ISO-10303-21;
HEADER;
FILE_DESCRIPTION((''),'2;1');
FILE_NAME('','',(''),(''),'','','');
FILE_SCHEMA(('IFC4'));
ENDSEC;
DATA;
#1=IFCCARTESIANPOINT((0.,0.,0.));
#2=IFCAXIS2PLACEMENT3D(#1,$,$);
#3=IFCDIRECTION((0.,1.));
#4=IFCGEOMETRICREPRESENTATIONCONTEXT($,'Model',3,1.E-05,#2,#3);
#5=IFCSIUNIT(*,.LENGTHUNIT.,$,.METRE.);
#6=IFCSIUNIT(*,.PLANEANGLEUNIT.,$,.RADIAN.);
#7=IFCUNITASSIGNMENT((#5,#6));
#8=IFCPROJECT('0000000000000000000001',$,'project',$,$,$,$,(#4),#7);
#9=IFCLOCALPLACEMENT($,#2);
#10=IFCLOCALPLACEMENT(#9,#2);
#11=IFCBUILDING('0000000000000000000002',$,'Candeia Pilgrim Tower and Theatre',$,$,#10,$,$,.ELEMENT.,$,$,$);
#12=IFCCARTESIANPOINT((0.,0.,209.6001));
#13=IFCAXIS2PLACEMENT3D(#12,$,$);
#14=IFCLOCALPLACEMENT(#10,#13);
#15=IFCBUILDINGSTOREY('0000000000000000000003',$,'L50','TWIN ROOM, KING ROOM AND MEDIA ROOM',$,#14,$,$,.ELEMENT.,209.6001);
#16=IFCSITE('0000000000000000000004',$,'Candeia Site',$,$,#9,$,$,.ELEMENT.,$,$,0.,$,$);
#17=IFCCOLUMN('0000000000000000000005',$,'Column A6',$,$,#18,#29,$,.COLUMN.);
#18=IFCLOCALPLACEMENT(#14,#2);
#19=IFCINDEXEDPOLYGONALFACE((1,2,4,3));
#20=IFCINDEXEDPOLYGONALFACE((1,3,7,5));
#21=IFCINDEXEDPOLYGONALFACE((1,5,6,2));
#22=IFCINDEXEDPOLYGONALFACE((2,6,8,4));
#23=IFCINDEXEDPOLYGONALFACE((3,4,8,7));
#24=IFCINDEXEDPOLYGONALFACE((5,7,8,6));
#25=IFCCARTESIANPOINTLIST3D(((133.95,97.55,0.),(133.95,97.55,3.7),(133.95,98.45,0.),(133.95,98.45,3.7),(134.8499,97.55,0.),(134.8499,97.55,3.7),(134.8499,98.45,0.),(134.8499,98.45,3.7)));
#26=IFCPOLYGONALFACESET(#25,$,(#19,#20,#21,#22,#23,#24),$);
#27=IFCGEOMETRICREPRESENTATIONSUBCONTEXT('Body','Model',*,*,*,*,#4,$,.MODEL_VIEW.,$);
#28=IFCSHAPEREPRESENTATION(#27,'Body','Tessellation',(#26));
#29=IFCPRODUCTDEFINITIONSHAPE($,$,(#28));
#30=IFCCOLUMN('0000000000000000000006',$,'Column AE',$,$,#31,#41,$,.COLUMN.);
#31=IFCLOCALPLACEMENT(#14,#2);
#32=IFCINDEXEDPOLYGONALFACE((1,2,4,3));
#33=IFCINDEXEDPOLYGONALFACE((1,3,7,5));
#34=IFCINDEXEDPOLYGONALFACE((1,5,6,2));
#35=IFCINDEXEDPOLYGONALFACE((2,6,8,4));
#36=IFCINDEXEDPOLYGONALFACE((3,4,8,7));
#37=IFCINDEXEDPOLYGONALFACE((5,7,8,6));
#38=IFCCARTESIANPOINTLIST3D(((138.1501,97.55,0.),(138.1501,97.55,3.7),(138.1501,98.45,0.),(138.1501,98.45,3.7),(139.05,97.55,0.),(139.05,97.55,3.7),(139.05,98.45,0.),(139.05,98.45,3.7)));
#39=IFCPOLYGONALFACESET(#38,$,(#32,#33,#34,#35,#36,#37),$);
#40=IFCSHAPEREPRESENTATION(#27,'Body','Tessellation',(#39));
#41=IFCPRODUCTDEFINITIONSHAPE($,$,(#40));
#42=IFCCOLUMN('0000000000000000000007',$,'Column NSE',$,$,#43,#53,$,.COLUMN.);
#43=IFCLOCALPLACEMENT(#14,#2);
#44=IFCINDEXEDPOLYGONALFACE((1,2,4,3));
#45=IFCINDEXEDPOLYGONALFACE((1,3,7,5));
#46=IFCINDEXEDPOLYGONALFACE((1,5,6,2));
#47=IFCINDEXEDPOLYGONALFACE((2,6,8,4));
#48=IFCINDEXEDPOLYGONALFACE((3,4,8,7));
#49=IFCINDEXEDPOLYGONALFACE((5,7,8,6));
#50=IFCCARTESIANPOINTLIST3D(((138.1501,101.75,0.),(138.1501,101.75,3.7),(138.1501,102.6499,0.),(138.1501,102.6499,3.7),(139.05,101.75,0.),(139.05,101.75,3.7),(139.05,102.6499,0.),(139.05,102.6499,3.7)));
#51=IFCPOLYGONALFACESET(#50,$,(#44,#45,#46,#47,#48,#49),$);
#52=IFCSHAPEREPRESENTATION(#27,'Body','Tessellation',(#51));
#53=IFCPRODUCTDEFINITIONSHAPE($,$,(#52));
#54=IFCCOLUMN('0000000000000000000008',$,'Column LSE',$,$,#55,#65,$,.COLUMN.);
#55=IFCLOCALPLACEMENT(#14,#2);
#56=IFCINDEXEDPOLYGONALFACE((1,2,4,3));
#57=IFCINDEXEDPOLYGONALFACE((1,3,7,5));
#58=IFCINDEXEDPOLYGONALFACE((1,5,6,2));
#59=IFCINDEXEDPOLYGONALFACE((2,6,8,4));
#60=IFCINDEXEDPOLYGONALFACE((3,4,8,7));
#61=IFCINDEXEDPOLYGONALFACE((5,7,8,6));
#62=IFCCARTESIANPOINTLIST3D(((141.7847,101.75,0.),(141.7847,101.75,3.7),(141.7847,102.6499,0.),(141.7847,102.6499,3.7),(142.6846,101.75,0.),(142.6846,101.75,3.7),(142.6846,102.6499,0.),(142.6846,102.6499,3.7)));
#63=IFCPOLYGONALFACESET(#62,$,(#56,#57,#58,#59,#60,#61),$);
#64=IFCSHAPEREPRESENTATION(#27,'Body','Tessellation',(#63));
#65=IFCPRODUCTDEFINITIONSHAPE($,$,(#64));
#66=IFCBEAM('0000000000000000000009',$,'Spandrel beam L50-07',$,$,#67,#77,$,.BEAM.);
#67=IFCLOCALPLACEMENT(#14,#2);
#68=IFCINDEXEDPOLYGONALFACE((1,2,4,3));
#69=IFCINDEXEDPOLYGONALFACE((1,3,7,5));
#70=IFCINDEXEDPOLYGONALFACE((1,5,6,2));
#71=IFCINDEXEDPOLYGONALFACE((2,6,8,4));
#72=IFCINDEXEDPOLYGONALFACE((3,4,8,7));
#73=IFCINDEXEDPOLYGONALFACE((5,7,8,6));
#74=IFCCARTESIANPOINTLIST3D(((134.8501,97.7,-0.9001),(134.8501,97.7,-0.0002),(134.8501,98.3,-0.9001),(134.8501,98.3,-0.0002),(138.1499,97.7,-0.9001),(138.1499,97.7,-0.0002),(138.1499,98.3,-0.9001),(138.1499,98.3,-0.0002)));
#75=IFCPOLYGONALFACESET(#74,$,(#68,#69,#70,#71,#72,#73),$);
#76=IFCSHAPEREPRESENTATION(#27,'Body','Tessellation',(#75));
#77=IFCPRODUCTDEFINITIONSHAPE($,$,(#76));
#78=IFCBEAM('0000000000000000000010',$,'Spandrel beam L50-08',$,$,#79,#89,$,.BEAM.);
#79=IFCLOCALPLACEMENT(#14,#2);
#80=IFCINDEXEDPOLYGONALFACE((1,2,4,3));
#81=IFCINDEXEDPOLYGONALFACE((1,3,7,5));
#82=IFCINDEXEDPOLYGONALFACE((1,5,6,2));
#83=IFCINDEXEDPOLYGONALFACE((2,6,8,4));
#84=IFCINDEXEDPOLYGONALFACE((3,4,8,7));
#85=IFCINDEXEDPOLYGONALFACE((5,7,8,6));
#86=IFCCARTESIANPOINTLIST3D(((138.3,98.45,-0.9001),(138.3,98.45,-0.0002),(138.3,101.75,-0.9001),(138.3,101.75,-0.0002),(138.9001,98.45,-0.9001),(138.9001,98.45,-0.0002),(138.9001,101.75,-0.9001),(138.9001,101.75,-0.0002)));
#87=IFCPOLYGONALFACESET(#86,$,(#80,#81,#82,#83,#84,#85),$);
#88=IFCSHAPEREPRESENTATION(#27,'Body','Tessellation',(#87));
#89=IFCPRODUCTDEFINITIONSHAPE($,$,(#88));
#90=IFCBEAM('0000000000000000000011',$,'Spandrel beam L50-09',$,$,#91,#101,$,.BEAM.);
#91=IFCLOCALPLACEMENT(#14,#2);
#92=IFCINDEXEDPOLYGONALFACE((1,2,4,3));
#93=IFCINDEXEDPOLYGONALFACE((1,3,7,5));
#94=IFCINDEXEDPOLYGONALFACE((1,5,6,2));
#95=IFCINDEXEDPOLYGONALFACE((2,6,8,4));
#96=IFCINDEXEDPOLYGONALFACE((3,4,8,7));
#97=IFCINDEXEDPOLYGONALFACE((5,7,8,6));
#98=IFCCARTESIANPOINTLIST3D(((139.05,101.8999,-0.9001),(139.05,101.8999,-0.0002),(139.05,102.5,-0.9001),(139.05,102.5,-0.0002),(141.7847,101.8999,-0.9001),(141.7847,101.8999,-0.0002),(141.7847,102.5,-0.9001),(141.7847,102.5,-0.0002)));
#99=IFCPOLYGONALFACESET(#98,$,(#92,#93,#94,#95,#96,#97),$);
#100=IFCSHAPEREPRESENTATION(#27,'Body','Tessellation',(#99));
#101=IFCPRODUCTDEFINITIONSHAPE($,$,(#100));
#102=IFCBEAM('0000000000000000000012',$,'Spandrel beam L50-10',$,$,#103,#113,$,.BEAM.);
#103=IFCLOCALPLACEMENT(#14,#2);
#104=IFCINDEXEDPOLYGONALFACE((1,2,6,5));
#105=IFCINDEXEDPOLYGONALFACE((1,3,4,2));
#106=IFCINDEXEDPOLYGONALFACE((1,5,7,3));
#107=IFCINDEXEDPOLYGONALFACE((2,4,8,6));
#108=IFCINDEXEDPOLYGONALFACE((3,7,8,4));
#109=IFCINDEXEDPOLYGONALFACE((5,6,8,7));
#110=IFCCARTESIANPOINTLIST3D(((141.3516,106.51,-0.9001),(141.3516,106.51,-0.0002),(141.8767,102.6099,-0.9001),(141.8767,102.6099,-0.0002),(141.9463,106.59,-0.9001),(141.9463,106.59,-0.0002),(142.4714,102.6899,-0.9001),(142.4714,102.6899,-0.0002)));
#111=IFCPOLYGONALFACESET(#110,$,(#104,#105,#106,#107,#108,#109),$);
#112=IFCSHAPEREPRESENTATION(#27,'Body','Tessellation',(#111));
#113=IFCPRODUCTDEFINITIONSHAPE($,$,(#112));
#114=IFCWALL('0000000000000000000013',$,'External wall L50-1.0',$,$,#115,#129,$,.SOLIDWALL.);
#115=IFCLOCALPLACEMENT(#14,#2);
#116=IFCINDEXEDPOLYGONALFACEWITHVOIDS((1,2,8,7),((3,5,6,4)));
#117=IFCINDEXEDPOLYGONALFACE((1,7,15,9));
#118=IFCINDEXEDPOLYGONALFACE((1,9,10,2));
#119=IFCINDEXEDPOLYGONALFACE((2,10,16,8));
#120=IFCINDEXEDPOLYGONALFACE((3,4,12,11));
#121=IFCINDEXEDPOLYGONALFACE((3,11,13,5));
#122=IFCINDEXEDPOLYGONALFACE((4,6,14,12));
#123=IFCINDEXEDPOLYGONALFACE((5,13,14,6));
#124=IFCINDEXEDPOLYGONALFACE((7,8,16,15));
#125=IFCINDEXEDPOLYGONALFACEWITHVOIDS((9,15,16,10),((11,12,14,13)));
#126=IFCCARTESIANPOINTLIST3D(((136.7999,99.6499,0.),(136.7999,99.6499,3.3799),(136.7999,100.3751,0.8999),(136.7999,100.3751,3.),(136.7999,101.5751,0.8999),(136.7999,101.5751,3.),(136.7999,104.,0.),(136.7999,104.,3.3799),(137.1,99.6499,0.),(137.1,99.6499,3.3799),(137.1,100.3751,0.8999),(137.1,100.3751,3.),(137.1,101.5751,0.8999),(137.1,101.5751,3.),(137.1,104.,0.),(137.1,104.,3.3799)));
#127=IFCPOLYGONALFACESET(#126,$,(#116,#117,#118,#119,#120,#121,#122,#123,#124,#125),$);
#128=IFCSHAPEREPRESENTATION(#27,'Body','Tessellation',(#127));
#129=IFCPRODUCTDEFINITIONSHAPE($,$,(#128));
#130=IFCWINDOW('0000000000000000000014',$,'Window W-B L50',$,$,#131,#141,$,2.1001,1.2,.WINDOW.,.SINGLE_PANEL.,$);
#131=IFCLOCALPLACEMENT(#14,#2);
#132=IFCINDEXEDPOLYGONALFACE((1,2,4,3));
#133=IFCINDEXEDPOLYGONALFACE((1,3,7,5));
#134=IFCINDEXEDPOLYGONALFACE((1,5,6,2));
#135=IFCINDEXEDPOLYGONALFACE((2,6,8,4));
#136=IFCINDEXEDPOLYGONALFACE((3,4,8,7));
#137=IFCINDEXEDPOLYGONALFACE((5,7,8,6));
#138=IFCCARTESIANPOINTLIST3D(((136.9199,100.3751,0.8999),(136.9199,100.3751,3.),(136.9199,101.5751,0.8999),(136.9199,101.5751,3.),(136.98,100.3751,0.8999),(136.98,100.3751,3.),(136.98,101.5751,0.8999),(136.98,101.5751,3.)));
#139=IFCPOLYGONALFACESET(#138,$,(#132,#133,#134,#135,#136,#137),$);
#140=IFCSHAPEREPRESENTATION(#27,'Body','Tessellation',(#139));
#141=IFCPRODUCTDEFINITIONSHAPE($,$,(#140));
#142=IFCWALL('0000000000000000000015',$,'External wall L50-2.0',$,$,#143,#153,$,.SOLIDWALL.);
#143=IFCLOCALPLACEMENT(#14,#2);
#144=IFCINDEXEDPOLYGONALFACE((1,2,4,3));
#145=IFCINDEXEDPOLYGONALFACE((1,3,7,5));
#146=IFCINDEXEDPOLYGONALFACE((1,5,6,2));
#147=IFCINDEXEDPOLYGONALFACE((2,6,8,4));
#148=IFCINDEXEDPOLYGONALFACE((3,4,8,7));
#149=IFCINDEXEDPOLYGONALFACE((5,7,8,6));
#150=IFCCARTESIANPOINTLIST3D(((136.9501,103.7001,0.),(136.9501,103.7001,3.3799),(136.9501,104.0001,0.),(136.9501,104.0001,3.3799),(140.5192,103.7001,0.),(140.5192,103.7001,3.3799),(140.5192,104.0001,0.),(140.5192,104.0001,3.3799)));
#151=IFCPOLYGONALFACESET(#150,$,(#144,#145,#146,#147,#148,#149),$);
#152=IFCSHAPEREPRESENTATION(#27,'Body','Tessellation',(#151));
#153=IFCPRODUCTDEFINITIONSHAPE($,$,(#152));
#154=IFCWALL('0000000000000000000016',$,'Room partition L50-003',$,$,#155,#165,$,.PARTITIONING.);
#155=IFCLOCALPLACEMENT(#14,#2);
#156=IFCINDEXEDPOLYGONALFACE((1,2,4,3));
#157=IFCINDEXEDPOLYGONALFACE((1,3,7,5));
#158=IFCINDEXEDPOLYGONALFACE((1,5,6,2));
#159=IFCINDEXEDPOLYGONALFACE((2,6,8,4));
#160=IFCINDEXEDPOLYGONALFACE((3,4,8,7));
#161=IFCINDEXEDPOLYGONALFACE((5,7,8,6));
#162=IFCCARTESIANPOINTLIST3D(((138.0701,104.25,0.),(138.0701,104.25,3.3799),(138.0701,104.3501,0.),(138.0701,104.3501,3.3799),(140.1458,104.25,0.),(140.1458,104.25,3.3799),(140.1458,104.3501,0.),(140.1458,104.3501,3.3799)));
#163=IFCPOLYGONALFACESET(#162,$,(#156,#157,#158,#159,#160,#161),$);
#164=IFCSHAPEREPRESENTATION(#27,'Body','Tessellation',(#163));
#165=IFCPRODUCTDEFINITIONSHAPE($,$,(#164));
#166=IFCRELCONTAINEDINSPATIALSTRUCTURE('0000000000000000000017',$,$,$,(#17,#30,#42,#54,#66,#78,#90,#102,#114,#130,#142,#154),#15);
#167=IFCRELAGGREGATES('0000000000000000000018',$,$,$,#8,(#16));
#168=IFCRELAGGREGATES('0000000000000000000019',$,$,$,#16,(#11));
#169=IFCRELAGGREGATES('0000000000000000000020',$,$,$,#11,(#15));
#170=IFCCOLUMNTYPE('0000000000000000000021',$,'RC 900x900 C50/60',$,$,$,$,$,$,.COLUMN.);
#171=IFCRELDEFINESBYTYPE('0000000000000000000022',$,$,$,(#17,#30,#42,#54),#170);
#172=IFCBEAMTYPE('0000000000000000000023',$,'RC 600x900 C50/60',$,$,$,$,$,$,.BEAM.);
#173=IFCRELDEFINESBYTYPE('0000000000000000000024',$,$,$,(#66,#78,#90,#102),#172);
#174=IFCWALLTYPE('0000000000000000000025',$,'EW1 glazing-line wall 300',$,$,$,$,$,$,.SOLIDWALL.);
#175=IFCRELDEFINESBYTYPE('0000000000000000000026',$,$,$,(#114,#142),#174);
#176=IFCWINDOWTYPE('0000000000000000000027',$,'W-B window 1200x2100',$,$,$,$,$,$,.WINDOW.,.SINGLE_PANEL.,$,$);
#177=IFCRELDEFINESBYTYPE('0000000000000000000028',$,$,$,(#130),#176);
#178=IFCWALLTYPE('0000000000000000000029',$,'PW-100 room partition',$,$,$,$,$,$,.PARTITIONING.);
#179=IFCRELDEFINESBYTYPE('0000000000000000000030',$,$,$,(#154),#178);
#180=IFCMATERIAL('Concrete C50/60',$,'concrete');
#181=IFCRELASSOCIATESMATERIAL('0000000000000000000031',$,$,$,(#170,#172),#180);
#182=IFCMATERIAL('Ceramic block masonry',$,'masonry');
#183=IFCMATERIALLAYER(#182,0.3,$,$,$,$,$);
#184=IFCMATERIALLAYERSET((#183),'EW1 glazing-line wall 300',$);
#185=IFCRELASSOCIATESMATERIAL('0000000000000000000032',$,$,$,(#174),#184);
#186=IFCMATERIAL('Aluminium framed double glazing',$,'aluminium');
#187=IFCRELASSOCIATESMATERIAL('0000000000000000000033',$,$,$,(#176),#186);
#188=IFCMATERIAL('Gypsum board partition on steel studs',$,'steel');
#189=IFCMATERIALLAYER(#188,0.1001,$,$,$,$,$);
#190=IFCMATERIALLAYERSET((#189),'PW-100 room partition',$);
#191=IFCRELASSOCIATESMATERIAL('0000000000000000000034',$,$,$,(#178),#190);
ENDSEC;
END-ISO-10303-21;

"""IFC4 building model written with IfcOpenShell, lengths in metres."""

from ifc_helpers import new_model, si_unit, direction, frame, frame_2d, origin, origin_2d, place, context, subcontext, project, spatial, rectangle, extrude, material, layer, layer_set, material_profile, profile_set, type_object, element, fill, save


model = new_model("IFC4")

# Units and contexts
model_context = context("Model", 3, precision=1e-05, world=origin(), true_north=direction((0.0, 1.0)))
body_context = subcontext(model_context, "Body", "Model", "MODEL_VIEW")
ifc_project = project(units=[si_unit("LENGTHUNIT", "METRE"), si_unit("PLANEANGLEUNIT", "RADIAN")], contexts=[model_context])

# Site, building, storey
site_placement = place(None, origin())
site = spatial("IfcSite", under=ifc_project, at=site_placement, Name="Candeia Site", CompositionType="ELEMENT", RefElevation=0.0)
building_placement = place(site_placement, origin())
building = spatial("IfcBuilding", under=site, at=building_placement, Name="Candeia Pilgrim Tower and Theatre", CompositionType="ELEMENT")
storey_placement = place(building_placement, frame((0.0, 0.0, 209.6001)))
storey = spatial("IfcBuildingStorey", under=building, at=storey_placement, Name="L50", Description="TWIN ROOM, KING ROOM AND MEDIA ROOM", CompositionType="ELEMENT", Elevation=209.6001)

# Columns
ifc_material_1 = material(Name="Concrete C50/60", Category="concrete")
ifc_material_profile_1 = material_profile(ifc_material_1, rectangle(XDim=0.8999, YDim=0.8999, at=origin_2d()))
ifc_profile_set_1 = profile_set([ifc_material_profile_1], Name="Concrete C50/60")
column_type = type_object("IfcColumnType", Name="RC 900x900 C50/60", PredefinedType="COLUMN", material=ifc_profile_set_1)
for number, where, z_axis, x_axis, name in (
    (1, (134.3999, 98.0, 0.0), (0.0, 0.0, 1.0), (1.0, 0.0, 0.0), "Column A6"),
    (2, (138.6001, 98.0, 0.0), (0.0, 0.0, 1.0), (1.0, 0.0, 0.0), "Column AE"),
    (3, (138.6001, 102.2, 0.0), (0.0, 0.0, 1.0), (1.0, 0.0, 0.0), "Column NSE"),
    (4, (142.2346, 102.2, 0.0), (0.0, 0.0, 1.0), (1.0, 0.0, 0.0), "Column LSE"),
):
    element("IfcColumn", number, at=place(storey_placement, frame(where, z_axis=z_axis, x_axis=x_axis)), inside=storey, type_object=column_type, Name=name, PredefinedType="COLUMN", context=body_context, shape_type="SweptSolid", body=[
        extrude(rectangle(XDim=0.8999, YDim=0.8999, at=origin_2d()), origin(), (0.0, 0.0, 1.0), 3.7),
    ])

# Beams
ifc_material_profile_2 = material_profile(ifc_material_1, rectangle(XDim=0.6001, YDim=0.8999, at=origin_2d()))
ifc_profile_set_2 = profile_set([ifc_material_profile_2], Name="Concrete C50/60")
beam_type = type_object("IfcBeamType", Name="RC 600x900 C50/60", PredefinedType="BEAM", material=ifc_profile_set_2)
beam_1_placement = place(storey_placement, frame((134.8501, 98.0, -0.4502), z_axis=(1.0, 0.0, 0.0), x_axis=(0.0, 1.0, 0.0)))
element("IfcBeam", 5, at=beam_1_placement, inside=storey, type_object=beam_type, Name="Spandrel beam L50-07", PredefinedType="BEAM", context=body_context, shape_type="SweptSolid", body=[
    extrude(rectangle(XDim=0.6001, YDim=0.8999, at=origin_2d()), origin(), (0.0, 0.0, 1.0), 3.2998),
])
beam_2_placement = place(storey_placement, frame((138.6001, 98.45, -0.4502), z_axis=(0.0, 1.0, 0.0), x_axis=(-1.0, 0.0, 0.0)))
element("IfcBeam", 6, at=beam_2_placement, inside=storey, type_object=beam_type, Name="Spandrel beam L50-08", PredefinedType="BEAM", context=body_context, shape_type="SweptSolid", body=[
    extrude(rectangle(XDim=0.6001, YDim=0.8999, at=origin_2d()), origin(), (0.0, 0.0, 1.0), 3.3),
])
beam_3_placement = place(storey_placement, frame((139.05, 102.2, -0.4502), z_axis=(1.0, 0.0, 0.0), x_axis=(0.0, 1.0, 0.0)))
element("IfcBeam", 7, at=beam_3_placement, inside=storey, type_object=beam_type, Name="Spandrel beam L50-09", PredefinedType="BEAM", context=body_context, shape_type="SweptSolid", body=[
    extrude(rectangle(XDim=0.6001, YDim=0.8999, at=origin_2d()), origin(), (0.0, 0.0, 1.0), 2.7346),
])
beam_4_placement = place(storey_placement, frame((142.1741, 102.6499, -0.4502), z_axis=(-0.133444, 0.991056, 0.0), x_axis=(-0.991056, -0.133444, 0.0)))
element("IfcBeam", 8, at=beam_4_placement, inside=storey, type_object=beam_type, Name="Spandrel beam L50-10", PredefinedType="BEAM", context=body_context, shape_type="SweptSolid", body=[
    extrude(rectangle(XDim=0.6001, YDim=0.8999, at=origin_2d()), origin(), (0.0, 0.0, 1.0), 3.9353),
])

# Wall, opening, window
ifc_material_2 = material(Name="Ceramic block masonry", Category="masonry")
ifc_layer_1 = layer(ifc_material_2, 0.3)
ifc_layer_set_1 = layer_set([ifc_layer_1], Name="EW1 glazing-line wall 300")
wall_type_1 = type_object("IfcWallType", Name="EW1 glazing-line wall 300", PredefinedType="SOLIDWALL", material=ifc_layer_set_1)
wall_1_placement = place(storey_placement, frame((136.95, 99.6499, 0.0), z_axis=(0.0, 0.0, 1.0), x_axis=(0.0, 1.0, 0.0)))
wall_1 = element("IfcWall", 9, at=wall_1_placement, inside=storey, type_object=wall_type_1, Name="External wall L50-1.0", PredefinedType="SOLIDWALL", context=body_context, shape_type="SweptSolid", body=[
    extrude(rectangle(XDim=4.3501, YDim=0.3, at=frame_2d((2.175, 0.0))), origin(), (0.0, 0.0, 1.0), 3.3799),
])
opening_1_placement = place(wall_1_placement, frame((0.7251, 0.0, 0.8999)))
opening_1 = element("IfcOpeningElement", 10, at=opening_1_placement, cuts=wall_1, PredefinedType="OPENING", context=body_context, shape_type="SweptSolid", body=[
    extrude(rectangle(XDim=1.2, YDim=2.1001, at=frame_2d((0.6001, 1.05))), frame((0.0, 0.1602, 0.0), z_axis=(0.0, -1.0, 0.0), x_axis=(1.0, 0.0, 0.0)), (0.0, 0.0, 1.0), 0.3201),
])
ifc_material_3 = material(Name="Aluminium framed double glazing", Category="aluminium")
window_type = type_object("IfcWindowType", Name="W-B window 1200x2100", PartitioningType="SINGLE_PANEL", PredefinedType="WINDOW", material=ifc_material_3)
window_1_placement = place(opening_1_placement, origin())
window_1 = element("IfcWindow", 11, at=window_1_placement, inside=storey, type_object=window_type, Name="Window W-B L50", OverallHeight=2.1001, OverallWidth=1.2, PartitioningType="SINGLE_PANEL", PredefinedType="WINDOW", context=body_context, shape_type="SweptSolid", body=[
    extrude(rectangle(XDim=1.2, YDim=2.1001, at=frame_2d((0.6001, 1.05))), frame((0.0, 0.03, 0.0), z_axis=(0.0, -1.0, 0.0), x_axis=(1.0, 0.0, 0.0)), (0.0, 0.0, 1.0), 0.0601),
])
fill(opening_1, window_1)

# Wall
wall_2_placement = place(storey_placement, frame((136.95, 103.8501, 0.0), z_axis=(0.0, 0.0, 1.0), x_axis=(1.0, 0.0, 0.0)))
element("IfcWall", 12, at=wall_2_placement, inside=storey, type_object=wall_type_1, Name="External wall L50-2.0", PredefinedType="SOLIDWALL", context=body_context, shape_type="SweptSolid", body=[
    extrude(rectangle(XDim=3.5691, YDim=0.3, at=frame_2d((1.7847, 0.0))), origin(), (0.0, 0.0, 1.0), 3.3799),
])

# Wall
ifc_material_4 = material(Name="Gypsum board partition on steel studs", Category="steel")
ifc_layer_2 = layer(ifc_material_4, 0.1001)
ifc_layer_set_2 = layer_set([ifc_layer_2], Name="PW-100 room partition")
wall_type_2 = type_object("IfcWallType", Name="PW-100 room partition", PredefinedType="PARTITIONING", material=ifc_layer_set_2)
wall_3_placement = place(storey_placement, frame((138.0701, 104.3, 0.0), z_axis=(0.0, 0.0, 1.0), x_axis=(1.0, 0.0, 0.0)))
element("IfcWall", 13, at=wall_3_placement, inside=storey, type_object=wall_type_2, Name="Room partition L50-003", PredefinedType="PARTITIONING", context=body_context, shape_type="SweptSolid", body=[
    extrude(rectangle(XDim=2.0757, YDim=0.1001, at=frame_2d((1.0378, 0.0))), origin(), (0.0, 0.0, 1.0), 3.3799),
])

save(model, "model.ifc")
